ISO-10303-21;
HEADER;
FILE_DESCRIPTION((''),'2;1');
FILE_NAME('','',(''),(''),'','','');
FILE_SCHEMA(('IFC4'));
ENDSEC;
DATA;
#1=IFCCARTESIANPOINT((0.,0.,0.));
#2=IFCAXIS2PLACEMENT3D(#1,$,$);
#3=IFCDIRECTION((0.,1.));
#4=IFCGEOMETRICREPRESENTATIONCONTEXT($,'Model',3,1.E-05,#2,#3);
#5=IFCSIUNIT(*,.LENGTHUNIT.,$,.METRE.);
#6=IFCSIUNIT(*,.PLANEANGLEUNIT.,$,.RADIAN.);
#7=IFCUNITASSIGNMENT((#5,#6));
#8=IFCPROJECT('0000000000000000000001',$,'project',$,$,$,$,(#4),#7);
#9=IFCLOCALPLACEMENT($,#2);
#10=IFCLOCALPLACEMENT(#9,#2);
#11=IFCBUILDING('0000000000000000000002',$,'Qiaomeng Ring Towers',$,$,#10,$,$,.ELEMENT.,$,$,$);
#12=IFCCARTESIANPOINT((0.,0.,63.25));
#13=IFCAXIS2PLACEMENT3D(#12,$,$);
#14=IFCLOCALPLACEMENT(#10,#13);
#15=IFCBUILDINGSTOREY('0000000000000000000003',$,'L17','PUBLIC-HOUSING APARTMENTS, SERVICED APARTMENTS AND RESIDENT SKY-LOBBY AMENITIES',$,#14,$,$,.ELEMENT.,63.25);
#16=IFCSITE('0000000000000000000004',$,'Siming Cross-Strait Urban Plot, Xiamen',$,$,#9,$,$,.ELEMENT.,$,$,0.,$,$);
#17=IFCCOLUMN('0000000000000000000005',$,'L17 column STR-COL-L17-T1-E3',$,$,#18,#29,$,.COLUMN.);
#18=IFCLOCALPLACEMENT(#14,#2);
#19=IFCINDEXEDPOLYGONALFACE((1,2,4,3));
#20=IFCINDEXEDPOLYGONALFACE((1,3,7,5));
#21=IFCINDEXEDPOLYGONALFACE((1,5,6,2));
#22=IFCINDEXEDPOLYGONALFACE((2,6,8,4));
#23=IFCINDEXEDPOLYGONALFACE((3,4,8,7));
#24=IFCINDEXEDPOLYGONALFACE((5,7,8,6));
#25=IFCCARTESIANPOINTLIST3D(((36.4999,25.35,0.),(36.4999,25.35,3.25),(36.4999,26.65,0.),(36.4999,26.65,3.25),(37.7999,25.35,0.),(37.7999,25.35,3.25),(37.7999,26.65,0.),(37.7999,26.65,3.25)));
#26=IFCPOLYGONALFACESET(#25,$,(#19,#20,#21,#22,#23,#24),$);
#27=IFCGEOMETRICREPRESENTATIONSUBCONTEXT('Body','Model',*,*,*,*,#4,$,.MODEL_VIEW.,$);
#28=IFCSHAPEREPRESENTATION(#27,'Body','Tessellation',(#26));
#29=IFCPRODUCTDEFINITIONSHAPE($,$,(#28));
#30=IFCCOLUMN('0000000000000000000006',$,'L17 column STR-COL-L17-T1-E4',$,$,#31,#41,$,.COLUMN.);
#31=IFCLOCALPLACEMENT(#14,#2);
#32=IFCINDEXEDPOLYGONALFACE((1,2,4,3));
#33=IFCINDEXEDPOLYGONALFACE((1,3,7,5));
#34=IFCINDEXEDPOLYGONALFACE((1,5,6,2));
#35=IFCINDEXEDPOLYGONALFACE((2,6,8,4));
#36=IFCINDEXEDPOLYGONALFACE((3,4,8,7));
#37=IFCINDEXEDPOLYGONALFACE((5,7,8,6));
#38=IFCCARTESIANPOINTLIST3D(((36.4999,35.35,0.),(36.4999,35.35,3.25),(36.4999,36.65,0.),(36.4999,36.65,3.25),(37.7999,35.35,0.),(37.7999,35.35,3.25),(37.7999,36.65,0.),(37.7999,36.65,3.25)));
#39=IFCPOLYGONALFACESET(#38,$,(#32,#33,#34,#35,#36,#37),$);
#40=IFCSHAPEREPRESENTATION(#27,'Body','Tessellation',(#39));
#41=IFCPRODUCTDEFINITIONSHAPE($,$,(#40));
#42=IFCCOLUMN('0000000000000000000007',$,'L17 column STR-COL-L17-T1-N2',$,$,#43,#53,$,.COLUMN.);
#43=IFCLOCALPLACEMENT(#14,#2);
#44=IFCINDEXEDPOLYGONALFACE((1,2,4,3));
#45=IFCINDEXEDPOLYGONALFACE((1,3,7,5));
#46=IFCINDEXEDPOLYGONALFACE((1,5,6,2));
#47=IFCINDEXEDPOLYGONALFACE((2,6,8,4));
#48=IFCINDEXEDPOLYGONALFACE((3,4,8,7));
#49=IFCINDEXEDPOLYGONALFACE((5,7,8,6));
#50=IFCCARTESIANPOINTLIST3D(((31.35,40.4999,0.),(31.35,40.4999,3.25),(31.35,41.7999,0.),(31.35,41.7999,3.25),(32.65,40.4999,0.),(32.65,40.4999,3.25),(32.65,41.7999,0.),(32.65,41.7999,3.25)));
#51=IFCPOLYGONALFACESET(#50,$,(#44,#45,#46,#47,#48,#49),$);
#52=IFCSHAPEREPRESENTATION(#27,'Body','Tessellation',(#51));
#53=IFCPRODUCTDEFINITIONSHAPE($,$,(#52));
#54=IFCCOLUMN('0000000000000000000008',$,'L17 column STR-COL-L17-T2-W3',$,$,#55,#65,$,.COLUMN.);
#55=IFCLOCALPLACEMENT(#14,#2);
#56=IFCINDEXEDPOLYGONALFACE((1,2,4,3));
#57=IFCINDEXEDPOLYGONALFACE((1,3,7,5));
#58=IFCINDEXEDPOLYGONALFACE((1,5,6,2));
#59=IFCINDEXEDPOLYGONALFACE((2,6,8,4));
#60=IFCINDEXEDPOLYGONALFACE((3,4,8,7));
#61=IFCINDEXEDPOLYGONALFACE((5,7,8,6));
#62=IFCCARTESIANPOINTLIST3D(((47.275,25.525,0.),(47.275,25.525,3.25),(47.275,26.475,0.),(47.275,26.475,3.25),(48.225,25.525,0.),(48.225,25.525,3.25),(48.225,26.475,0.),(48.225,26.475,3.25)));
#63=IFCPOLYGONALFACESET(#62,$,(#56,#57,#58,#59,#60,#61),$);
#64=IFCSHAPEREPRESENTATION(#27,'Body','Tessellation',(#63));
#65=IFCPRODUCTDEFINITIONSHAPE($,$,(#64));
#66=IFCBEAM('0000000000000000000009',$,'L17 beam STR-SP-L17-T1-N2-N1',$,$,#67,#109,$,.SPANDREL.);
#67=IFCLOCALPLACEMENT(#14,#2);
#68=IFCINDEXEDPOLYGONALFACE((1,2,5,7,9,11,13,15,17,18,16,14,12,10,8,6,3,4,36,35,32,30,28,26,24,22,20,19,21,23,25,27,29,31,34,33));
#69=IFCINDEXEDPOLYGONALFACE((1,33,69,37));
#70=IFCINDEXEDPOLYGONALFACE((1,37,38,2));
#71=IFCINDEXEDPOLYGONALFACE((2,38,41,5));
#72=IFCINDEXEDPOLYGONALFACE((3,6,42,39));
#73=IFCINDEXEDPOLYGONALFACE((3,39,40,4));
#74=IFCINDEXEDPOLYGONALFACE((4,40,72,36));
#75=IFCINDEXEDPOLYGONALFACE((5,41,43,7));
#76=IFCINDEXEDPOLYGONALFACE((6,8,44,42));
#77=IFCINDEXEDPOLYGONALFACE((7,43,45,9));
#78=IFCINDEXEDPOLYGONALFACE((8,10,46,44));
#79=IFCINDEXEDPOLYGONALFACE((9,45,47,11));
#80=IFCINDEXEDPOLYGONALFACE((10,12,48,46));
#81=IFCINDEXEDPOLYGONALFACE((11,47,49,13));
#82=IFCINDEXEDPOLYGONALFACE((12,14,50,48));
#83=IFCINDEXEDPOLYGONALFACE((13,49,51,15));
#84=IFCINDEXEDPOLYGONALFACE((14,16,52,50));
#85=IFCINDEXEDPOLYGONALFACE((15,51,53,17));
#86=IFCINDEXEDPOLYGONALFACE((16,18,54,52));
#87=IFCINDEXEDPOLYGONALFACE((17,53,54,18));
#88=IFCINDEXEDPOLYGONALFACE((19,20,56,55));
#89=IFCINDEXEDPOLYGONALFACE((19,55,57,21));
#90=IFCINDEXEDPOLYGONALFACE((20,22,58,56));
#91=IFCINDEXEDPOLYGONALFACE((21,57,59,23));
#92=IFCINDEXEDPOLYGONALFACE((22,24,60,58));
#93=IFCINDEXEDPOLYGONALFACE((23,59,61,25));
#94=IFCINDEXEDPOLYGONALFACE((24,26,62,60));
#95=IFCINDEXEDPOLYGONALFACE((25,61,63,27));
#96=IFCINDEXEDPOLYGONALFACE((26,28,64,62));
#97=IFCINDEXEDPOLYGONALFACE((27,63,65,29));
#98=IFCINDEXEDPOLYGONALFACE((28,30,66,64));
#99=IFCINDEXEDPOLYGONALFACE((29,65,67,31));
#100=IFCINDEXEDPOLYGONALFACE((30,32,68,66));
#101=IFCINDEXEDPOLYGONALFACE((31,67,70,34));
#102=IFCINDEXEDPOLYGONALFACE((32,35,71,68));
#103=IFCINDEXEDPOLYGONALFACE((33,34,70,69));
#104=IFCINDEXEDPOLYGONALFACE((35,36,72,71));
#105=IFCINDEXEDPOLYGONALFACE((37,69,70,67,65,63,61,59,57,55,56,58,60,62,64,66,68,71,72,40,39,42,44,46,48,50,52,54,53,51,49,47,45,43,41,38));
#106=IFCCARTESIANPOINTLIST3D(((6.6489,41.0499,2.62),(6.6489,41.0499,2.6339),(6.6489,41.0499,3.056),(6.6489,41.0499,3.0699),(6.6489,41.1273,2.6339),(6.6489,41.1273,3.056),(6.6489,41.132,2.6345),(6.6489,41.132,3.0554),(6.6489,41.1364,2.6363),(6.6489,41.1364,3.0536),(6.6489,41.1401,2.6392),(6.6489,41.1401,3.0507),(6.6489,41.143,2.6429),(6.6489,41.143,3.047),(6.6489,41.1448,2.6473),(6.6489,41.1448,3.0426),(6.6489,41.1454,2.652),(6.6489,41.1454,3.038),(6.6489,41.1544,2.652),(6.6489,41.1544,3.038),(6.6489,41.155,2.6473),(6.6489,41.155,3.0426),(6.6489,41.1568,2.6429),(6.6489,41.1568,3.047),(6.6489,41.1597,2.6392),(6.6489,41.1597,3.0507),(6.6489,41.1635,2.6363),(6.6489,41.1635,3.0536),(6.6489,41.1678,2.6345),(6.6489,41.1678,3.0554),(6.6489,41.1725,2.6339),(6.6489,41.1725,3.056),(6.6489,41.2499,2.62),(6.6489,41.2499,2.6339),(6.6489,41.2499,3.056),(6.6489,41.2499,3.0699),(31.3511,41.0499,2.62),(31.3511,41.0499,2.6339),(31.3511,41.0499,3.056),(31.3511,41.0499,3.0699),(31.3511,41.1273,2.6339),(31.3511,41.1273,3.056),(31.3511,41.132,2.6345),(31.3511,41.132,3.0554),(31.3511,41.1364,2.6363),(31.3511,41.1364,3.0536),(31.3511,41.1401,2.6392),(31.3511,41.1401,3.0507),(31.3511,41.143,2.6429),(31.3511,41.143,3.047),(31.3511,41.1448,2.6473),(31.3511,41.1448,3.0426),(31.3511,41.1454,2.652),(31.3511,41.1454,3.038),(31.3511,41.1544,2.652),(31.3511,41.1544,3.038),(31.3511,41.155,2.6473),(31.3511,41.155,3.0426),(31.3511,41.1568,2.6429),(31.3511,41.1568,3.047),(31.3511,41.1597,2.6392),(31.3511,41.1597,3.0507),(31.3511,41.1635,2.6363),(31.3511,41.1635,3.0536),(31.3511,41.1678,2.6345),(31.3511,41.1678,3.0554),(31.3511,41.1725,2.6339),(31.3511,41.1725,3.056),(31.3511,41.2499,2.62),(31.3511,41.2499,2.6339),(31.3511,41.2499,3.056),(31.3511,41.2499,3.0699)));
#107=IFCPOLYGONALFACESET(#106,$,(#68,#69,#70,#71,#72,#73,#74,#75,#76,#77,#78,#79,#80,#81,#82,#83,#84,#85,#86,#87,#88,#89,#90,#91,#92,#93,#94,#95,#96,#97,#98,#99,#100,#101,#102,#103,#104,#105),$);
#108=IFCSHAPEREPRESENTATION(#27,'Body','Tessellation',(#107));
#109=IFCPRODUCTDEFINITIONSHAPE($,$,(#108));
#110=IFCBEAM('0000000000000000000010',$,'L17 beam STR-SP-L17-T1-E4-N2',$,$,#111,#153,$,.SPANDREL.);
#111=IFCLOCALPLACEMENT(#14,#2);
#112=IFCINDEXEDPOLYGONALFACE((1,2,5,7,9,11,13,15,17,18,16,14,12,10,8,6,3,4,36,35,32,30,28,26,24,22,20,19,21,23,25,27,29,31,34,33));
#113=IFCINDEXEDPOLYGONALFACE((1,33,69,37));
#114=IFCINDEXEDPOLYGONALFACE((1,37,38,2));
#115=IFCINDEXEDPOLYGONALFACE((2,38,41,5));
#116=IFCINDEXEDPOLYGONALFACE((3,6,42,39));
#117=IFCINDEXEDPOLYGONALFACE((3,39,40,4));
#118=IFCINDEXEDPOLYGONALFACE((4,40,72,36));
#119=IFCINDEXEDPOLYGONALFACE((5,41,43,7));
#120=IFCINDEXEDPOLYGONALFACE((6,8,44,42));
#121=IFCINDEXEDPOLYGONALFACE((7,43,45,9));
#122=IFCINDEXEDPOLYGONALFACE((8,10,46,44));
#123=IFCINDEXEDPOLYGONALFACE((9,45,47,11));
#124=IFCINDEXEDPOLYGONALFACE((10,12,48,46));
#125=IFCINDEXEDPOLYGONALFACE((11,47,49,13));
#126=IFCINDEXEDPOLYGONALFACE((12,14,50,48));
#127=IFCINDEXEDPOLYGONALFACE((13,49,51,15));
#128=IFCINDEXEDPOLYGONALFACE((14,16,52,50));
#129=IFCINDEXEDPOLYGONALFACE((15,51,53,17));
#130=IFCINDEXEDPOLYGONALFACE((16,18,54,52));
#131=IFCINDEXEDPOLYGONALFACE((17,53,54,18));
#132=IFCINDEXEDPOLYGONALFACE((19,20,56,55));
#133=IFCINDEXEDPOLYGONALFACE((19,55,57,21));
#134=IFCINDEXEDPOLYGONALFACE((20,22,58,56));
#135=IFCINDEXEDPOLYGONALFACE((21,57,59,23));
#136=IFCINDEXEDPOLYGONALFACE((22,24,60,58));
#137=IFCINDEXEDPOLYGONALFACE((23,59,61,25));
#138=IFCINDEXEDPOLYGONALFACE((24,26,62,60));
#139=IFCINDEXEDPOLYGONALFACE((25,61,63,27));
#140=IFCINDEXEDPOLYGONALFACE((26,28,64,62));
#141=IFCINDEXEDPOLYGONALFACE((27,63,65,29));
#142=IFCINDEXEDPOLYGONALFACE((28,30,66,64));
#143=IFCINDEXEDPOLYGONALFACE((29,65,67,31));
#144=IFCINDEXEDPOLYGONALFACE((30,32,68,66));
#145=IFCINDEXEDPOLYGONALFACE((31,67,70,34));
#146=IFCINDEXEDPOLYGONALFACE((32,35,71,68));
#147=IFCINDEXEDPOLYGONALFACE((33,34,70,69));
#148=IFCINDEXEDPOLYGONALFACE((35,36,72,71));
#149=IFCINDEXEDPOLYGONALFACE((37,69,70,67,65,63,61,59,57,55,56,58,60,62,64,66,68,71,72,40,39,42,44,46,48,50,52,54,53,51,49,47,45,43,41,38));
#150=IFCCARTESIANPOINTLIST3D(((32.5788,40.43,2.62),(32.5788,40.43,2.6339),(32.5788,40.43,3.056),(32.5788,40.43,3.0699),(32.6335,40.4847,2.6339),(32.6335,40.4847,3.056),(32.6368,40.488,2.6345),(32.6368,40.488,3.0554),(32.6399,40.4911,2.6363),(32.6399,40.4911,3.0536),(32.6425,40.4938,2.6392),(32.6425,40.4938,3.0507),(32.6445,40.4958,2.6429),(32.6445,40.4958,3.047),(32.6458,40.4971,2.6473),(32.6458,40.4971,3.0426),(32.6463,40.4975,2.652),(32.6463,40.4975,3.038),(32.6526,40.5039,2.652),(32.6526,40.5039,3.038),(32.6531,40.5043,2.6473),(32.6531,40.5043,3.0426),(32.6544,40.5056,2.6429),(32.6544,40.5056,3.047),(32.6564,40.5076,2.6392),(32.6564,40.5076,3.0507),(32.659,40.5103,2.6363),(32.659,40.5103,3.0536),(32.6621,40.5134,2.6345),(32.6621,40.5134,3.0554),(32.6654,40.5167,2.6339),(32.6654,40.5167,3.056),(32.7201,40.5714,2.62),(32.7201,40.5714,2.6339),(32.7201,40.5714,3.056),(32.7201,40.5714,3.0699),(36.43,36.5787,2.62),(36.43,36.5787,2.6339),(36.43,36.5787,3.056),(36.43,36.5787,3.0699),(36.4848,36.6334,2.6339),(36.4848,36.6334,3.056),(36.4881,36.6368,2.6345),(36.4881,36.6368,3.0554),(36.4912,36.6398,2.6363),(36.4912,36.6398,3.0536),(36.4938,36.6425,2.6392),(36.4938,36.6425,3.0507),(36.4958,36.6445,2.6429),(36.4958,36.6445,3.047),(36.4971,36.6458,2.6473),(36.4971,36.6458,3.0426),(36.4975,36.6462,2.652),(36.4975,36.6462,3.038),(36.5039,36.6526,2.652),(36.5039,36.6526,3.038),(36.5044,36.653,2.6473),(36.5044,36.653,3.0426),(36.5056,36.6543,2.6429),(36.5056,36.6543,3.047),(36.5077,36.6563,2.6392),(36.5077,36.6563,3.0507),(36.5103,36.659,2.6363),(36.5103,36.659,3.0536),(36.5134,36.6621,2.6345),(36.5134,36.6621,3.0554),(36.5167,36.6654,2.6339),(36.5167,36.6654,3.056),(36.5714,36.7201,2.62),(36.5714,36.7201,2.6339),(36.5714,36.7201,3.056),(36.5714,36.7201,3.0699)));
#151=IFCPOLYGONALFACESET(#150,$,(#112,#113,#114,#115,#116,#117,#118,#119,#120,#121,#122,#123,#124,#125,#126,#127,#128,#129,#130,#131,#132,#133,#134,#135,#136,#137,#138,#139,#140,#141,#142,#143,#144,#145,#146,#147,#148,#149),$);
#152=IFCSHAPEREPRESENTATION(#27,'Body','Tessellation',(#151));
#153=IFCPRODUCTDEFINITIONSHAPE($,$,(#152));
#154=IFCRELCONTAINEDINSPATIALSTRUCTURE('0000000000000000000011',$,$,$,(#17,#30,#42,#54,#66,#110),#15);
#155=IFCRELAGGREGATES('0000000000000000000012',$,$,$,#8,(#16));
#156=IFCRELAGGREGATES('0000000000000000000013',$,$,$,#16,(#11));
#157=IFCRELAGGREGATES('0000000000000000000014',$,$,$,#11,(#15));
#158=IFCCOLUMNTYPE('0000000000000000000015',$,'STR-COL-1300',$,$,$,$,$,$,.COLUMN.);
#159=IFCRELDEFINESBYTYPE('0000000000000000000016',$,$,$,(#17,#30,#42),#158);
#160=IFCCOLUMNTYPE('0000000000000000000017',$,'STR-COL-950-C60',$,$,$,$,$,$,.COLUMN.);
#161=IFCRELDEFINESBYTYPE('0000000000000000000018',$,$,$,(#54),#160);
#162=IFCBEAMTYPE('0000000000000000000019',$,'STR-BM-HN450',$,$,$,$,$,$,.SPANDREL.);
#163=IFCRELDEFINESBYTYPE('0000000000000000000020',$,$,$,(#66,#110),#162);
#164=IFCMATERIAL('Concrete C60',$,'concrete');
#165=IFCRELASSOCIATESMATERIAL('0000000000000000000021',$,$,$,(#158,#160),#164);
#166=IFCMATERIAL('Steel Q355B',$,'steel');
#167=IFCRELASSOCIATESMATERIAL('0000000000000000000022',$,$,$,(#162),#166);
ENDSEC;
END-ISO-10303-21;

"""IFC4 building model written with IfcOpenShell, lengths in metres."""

from ifc_helpers import new_model, si_unit, direction, frame, origin, origin_2d, place, context, subcontext, project, spatial, rectangle, i_section, extrude, source, transform, mapped, material, material_profile, profile_set, type_object, element, save


model = new_model("IFC4")

# Units and contexts
model_context = context("Model", 3, precision=1e-05, world=origin(), true_north=direction((0.0, 1.0)))
body_context = subcontext(model_context, "Body", "Model", "MODEL_VIEW")
ifc_project = project(units=[si_unit("LENGTHUNIT", "METRE"), si_unit("PLANEANGLEUNIT", "RADIAN")], contexts=[model_context])

# Site, building, storey
site_placement = place(None, origin())
site = spatial("IfcSite", under=ifc_project, at=site_placement, Name="Siming Cross-Strait Urban Plot, Xiamen", CompositionType="ELEMENT", RefElevation=0.0)
building_placement = place(site_placement, origin())
building = spatial("IfcBuilding", under=site, at=building_placement, Name="Qiaomeng Ring Towers", CompositionType="ELEMENT")
storey_placement = place(building_placement, frame((0.0, 0.0, 63.25)))
storey = spatial("IfcBuildingStorey", under=building, at=storey_placement, Name="L17", Description="PUBLIC-HOUSING APARTMENTS, SERVICED APARTMENTS AND RESIDENT SKY-LOBBY AMENITIES", CompositionType="ELEMENT", Elevation=63.25)

# Columns
ifc_material_1 = material(Name="Concrete C60", Category="concrete")
ifc_material_profile_1 = material_profile(ifc_material_1, rectangle(XDim=1.3, YDim=1.3, at=origin_2d()), Name="RC COL 1300x1300")
ifc_profile_set_1 = profile_set([ifc_material_profile_1], Name="Concrete C60")
column_type_1 = type_object("IfcColumnType", Name="STR-COL-1300", PredefinedType="COLUMN", material=ifc_profile_set_1)
shared_shape_1 = source(origin(), body_context, "Body", "SweptSolid", [
    extrude(rectangle(XDim=1.3, YDim=1.3, at=origin_2d()), origin(), (0.0, 0.0, 1.0), 3.25),
])
for number, where, z_axis, x_axis, name in (
    (1, (37.1499, 26.0, 0.0), (0.0, 0.0, 1.0), (1.0, 0.0, 0.0), "L17 column STR-COL-L17-T1-E3"),
    (2, (37.1499, 36.0, 0.0), (0.0, 0.0, 1.0), (1.0, 0.0, 0.0), "L17 column STR-COL-L17-T1-E4"),
    (3, (32.0, 41.1499, 0.0), (0.0, 0.0, 1.0), (1.0, 0.0, 0.0), "L17 column STR-COL-L17-T1-N2"),
):
    element("IfcColumn", number, at=place(storey_placement, frame(where, z_axis=z_axis, x_axis=x_axis)), inside=storey, type_object=column_type_1, Name=name, PredefinedType="COLUMN", context=body_context, shape_type="MappedRepresentation", body=[
        mapped(shared_shape_1, transform((0.0, 0.0, 0.0), x_axis=(1.0, 0.0, 0.0), y_axis=(0.0, 1.0, 0.0), z_axis=(0.0, 0.0, 1.0), scale=1.0)),
    ])
ifc_material_profile_2 = material_profile(ifc_material_1, rectangle(XDim=0.95, YDim=0.95, at=origin_2d()), Name="RC COL 950x950")
ifc_profile_set_2 = profile_set([ifc_material_profile_2], Name="Concrete C60")
column_type_2 = type_object("IfcColumnType", Name="STR-COL-950-C60", PredefinedType="COLUMN", material=ifc_profile_set_2)
shared_shape_2 = source(origin(), body_context, "Body", "SweptSolid", [
    extrude(rectangle(XDim=0.95, YDim=0.95, at=origin_2d()), origin(), (0.0, 0.0, 1.0), 3.25),
])
column_placement = place(storey_placement, frame((47.75, 26.0, 0.0), z_axis=(0.0, 0.0, 1.0), x_axis=(1.0, 0.0, 0.0)))
element("IfcColumn", 4, at=column_placement, inside=storey, type_object=column_type_2, Name="L17 column STR-COL-L17-T2-W3", PredefinedType="COLUMN", context=body_context, shape_type="MappedRepresentation", body=[
    mapped(shared_shape_2, transform((0.0, 0.0, 0.0), x_axis=(1.0, 0.0, 0.0), y_axis=(0.0, 1.0, 0.0), z_axis=(0.0, 0.0, 1.0), scale=1.0)),
])

# Beams
ifc_material_2 = material(Name="Steel Q355B", Category="steel")
ifc_material_profile_3 = material_profile(ifc_material_2, i_section(OverallWidth=0.2, OverallDepth=0.45, WebThickness=0.009, FlangeThickness=0.0139, FilletRadius=0.0181, at=origin_2d()), Name="HN 450x200x9x14")
ifc_profile_set_3 = profile_set([ifc_material_profile_3], Name="Steel Q355B")
beam_type_1 = type_object("IfcBeamType", Name="STR-BM-HN450", PredefinedType="SPANDREL", material=ifc_profile_set_3)
shared_shape_3 = source(origin(), body_context, "Body", "SweptSolid", [
    extrude(i_section(OverallWidth=0.2, OverallDepth=0.45, WebThickness=0.009, FlangeThickness=0.0139, FilletRadius=0.0181, at=origin_2d()), origin(), (0.0, 0.0, 1.0), 24.7021),
])
beam_1_placement = place(storey_placement, frame((31.3511, 41.1499, 2.845), z_axis=(-1.0, 0.0, 0.0), x_axis=(0.0, -1.0, 0.0)))
element("IfcBeam", 5, at=beam_1_placement, inside=storey, type_object=beam_type_1, Name="L17 beam STR-SP-L17-T1-N2-N1", PredefinedType="SPANDREL", context=body_context, shape_type="MappedRepresentation", body=[
    mapped(shared_shape_3, transform((0.0, 0.0, 0.0), x_axis=(1.0, 0.0, 0.0), y_axis=(0.0, 1.0, 0.0), z_axis=(0.0, 0.0, 1.0), scale=1.0)),
])
shared_shape_4 = source(origin(), body_context, "Body", "SweptSolid", [
    extrude(i_section(OverallWidth=0.2, OverallDepth=0.45, WebThickness=0.009, FlangeThickness=0.0139, FilletRadius=0.0181, at=origin_2d()), origin(), (0.0, 0.0, 1.0), 5.4465),
])
beam_2_placement = place(storey_placement, frame((36.5007, 36.6494, 2.845), z_axis=(-0.707107, 0.707107, 0.0), x_axis=(-0.707107, -0.707107, 0.0)))
element("IfcBeam", 6, at=beam_2_placement, inside=storey, type_object=beam_type_1, Name="L17 beam STR-SP-L17-T1-E4-N2", PredefinedType="SPANDREL", context=body_context, shape_type="MappedRepresentation", body=[
    mapped(shared_shape_4, transform((0.0, 0.0, 0.0), x_axis=(1.0, 0.0, 0.0), y_axis=(0.0, 1.0, 0.0), z_axis=(0.0, 0.0, 1.0), scale=1.0)),
])

save(model, "model.ifc")
